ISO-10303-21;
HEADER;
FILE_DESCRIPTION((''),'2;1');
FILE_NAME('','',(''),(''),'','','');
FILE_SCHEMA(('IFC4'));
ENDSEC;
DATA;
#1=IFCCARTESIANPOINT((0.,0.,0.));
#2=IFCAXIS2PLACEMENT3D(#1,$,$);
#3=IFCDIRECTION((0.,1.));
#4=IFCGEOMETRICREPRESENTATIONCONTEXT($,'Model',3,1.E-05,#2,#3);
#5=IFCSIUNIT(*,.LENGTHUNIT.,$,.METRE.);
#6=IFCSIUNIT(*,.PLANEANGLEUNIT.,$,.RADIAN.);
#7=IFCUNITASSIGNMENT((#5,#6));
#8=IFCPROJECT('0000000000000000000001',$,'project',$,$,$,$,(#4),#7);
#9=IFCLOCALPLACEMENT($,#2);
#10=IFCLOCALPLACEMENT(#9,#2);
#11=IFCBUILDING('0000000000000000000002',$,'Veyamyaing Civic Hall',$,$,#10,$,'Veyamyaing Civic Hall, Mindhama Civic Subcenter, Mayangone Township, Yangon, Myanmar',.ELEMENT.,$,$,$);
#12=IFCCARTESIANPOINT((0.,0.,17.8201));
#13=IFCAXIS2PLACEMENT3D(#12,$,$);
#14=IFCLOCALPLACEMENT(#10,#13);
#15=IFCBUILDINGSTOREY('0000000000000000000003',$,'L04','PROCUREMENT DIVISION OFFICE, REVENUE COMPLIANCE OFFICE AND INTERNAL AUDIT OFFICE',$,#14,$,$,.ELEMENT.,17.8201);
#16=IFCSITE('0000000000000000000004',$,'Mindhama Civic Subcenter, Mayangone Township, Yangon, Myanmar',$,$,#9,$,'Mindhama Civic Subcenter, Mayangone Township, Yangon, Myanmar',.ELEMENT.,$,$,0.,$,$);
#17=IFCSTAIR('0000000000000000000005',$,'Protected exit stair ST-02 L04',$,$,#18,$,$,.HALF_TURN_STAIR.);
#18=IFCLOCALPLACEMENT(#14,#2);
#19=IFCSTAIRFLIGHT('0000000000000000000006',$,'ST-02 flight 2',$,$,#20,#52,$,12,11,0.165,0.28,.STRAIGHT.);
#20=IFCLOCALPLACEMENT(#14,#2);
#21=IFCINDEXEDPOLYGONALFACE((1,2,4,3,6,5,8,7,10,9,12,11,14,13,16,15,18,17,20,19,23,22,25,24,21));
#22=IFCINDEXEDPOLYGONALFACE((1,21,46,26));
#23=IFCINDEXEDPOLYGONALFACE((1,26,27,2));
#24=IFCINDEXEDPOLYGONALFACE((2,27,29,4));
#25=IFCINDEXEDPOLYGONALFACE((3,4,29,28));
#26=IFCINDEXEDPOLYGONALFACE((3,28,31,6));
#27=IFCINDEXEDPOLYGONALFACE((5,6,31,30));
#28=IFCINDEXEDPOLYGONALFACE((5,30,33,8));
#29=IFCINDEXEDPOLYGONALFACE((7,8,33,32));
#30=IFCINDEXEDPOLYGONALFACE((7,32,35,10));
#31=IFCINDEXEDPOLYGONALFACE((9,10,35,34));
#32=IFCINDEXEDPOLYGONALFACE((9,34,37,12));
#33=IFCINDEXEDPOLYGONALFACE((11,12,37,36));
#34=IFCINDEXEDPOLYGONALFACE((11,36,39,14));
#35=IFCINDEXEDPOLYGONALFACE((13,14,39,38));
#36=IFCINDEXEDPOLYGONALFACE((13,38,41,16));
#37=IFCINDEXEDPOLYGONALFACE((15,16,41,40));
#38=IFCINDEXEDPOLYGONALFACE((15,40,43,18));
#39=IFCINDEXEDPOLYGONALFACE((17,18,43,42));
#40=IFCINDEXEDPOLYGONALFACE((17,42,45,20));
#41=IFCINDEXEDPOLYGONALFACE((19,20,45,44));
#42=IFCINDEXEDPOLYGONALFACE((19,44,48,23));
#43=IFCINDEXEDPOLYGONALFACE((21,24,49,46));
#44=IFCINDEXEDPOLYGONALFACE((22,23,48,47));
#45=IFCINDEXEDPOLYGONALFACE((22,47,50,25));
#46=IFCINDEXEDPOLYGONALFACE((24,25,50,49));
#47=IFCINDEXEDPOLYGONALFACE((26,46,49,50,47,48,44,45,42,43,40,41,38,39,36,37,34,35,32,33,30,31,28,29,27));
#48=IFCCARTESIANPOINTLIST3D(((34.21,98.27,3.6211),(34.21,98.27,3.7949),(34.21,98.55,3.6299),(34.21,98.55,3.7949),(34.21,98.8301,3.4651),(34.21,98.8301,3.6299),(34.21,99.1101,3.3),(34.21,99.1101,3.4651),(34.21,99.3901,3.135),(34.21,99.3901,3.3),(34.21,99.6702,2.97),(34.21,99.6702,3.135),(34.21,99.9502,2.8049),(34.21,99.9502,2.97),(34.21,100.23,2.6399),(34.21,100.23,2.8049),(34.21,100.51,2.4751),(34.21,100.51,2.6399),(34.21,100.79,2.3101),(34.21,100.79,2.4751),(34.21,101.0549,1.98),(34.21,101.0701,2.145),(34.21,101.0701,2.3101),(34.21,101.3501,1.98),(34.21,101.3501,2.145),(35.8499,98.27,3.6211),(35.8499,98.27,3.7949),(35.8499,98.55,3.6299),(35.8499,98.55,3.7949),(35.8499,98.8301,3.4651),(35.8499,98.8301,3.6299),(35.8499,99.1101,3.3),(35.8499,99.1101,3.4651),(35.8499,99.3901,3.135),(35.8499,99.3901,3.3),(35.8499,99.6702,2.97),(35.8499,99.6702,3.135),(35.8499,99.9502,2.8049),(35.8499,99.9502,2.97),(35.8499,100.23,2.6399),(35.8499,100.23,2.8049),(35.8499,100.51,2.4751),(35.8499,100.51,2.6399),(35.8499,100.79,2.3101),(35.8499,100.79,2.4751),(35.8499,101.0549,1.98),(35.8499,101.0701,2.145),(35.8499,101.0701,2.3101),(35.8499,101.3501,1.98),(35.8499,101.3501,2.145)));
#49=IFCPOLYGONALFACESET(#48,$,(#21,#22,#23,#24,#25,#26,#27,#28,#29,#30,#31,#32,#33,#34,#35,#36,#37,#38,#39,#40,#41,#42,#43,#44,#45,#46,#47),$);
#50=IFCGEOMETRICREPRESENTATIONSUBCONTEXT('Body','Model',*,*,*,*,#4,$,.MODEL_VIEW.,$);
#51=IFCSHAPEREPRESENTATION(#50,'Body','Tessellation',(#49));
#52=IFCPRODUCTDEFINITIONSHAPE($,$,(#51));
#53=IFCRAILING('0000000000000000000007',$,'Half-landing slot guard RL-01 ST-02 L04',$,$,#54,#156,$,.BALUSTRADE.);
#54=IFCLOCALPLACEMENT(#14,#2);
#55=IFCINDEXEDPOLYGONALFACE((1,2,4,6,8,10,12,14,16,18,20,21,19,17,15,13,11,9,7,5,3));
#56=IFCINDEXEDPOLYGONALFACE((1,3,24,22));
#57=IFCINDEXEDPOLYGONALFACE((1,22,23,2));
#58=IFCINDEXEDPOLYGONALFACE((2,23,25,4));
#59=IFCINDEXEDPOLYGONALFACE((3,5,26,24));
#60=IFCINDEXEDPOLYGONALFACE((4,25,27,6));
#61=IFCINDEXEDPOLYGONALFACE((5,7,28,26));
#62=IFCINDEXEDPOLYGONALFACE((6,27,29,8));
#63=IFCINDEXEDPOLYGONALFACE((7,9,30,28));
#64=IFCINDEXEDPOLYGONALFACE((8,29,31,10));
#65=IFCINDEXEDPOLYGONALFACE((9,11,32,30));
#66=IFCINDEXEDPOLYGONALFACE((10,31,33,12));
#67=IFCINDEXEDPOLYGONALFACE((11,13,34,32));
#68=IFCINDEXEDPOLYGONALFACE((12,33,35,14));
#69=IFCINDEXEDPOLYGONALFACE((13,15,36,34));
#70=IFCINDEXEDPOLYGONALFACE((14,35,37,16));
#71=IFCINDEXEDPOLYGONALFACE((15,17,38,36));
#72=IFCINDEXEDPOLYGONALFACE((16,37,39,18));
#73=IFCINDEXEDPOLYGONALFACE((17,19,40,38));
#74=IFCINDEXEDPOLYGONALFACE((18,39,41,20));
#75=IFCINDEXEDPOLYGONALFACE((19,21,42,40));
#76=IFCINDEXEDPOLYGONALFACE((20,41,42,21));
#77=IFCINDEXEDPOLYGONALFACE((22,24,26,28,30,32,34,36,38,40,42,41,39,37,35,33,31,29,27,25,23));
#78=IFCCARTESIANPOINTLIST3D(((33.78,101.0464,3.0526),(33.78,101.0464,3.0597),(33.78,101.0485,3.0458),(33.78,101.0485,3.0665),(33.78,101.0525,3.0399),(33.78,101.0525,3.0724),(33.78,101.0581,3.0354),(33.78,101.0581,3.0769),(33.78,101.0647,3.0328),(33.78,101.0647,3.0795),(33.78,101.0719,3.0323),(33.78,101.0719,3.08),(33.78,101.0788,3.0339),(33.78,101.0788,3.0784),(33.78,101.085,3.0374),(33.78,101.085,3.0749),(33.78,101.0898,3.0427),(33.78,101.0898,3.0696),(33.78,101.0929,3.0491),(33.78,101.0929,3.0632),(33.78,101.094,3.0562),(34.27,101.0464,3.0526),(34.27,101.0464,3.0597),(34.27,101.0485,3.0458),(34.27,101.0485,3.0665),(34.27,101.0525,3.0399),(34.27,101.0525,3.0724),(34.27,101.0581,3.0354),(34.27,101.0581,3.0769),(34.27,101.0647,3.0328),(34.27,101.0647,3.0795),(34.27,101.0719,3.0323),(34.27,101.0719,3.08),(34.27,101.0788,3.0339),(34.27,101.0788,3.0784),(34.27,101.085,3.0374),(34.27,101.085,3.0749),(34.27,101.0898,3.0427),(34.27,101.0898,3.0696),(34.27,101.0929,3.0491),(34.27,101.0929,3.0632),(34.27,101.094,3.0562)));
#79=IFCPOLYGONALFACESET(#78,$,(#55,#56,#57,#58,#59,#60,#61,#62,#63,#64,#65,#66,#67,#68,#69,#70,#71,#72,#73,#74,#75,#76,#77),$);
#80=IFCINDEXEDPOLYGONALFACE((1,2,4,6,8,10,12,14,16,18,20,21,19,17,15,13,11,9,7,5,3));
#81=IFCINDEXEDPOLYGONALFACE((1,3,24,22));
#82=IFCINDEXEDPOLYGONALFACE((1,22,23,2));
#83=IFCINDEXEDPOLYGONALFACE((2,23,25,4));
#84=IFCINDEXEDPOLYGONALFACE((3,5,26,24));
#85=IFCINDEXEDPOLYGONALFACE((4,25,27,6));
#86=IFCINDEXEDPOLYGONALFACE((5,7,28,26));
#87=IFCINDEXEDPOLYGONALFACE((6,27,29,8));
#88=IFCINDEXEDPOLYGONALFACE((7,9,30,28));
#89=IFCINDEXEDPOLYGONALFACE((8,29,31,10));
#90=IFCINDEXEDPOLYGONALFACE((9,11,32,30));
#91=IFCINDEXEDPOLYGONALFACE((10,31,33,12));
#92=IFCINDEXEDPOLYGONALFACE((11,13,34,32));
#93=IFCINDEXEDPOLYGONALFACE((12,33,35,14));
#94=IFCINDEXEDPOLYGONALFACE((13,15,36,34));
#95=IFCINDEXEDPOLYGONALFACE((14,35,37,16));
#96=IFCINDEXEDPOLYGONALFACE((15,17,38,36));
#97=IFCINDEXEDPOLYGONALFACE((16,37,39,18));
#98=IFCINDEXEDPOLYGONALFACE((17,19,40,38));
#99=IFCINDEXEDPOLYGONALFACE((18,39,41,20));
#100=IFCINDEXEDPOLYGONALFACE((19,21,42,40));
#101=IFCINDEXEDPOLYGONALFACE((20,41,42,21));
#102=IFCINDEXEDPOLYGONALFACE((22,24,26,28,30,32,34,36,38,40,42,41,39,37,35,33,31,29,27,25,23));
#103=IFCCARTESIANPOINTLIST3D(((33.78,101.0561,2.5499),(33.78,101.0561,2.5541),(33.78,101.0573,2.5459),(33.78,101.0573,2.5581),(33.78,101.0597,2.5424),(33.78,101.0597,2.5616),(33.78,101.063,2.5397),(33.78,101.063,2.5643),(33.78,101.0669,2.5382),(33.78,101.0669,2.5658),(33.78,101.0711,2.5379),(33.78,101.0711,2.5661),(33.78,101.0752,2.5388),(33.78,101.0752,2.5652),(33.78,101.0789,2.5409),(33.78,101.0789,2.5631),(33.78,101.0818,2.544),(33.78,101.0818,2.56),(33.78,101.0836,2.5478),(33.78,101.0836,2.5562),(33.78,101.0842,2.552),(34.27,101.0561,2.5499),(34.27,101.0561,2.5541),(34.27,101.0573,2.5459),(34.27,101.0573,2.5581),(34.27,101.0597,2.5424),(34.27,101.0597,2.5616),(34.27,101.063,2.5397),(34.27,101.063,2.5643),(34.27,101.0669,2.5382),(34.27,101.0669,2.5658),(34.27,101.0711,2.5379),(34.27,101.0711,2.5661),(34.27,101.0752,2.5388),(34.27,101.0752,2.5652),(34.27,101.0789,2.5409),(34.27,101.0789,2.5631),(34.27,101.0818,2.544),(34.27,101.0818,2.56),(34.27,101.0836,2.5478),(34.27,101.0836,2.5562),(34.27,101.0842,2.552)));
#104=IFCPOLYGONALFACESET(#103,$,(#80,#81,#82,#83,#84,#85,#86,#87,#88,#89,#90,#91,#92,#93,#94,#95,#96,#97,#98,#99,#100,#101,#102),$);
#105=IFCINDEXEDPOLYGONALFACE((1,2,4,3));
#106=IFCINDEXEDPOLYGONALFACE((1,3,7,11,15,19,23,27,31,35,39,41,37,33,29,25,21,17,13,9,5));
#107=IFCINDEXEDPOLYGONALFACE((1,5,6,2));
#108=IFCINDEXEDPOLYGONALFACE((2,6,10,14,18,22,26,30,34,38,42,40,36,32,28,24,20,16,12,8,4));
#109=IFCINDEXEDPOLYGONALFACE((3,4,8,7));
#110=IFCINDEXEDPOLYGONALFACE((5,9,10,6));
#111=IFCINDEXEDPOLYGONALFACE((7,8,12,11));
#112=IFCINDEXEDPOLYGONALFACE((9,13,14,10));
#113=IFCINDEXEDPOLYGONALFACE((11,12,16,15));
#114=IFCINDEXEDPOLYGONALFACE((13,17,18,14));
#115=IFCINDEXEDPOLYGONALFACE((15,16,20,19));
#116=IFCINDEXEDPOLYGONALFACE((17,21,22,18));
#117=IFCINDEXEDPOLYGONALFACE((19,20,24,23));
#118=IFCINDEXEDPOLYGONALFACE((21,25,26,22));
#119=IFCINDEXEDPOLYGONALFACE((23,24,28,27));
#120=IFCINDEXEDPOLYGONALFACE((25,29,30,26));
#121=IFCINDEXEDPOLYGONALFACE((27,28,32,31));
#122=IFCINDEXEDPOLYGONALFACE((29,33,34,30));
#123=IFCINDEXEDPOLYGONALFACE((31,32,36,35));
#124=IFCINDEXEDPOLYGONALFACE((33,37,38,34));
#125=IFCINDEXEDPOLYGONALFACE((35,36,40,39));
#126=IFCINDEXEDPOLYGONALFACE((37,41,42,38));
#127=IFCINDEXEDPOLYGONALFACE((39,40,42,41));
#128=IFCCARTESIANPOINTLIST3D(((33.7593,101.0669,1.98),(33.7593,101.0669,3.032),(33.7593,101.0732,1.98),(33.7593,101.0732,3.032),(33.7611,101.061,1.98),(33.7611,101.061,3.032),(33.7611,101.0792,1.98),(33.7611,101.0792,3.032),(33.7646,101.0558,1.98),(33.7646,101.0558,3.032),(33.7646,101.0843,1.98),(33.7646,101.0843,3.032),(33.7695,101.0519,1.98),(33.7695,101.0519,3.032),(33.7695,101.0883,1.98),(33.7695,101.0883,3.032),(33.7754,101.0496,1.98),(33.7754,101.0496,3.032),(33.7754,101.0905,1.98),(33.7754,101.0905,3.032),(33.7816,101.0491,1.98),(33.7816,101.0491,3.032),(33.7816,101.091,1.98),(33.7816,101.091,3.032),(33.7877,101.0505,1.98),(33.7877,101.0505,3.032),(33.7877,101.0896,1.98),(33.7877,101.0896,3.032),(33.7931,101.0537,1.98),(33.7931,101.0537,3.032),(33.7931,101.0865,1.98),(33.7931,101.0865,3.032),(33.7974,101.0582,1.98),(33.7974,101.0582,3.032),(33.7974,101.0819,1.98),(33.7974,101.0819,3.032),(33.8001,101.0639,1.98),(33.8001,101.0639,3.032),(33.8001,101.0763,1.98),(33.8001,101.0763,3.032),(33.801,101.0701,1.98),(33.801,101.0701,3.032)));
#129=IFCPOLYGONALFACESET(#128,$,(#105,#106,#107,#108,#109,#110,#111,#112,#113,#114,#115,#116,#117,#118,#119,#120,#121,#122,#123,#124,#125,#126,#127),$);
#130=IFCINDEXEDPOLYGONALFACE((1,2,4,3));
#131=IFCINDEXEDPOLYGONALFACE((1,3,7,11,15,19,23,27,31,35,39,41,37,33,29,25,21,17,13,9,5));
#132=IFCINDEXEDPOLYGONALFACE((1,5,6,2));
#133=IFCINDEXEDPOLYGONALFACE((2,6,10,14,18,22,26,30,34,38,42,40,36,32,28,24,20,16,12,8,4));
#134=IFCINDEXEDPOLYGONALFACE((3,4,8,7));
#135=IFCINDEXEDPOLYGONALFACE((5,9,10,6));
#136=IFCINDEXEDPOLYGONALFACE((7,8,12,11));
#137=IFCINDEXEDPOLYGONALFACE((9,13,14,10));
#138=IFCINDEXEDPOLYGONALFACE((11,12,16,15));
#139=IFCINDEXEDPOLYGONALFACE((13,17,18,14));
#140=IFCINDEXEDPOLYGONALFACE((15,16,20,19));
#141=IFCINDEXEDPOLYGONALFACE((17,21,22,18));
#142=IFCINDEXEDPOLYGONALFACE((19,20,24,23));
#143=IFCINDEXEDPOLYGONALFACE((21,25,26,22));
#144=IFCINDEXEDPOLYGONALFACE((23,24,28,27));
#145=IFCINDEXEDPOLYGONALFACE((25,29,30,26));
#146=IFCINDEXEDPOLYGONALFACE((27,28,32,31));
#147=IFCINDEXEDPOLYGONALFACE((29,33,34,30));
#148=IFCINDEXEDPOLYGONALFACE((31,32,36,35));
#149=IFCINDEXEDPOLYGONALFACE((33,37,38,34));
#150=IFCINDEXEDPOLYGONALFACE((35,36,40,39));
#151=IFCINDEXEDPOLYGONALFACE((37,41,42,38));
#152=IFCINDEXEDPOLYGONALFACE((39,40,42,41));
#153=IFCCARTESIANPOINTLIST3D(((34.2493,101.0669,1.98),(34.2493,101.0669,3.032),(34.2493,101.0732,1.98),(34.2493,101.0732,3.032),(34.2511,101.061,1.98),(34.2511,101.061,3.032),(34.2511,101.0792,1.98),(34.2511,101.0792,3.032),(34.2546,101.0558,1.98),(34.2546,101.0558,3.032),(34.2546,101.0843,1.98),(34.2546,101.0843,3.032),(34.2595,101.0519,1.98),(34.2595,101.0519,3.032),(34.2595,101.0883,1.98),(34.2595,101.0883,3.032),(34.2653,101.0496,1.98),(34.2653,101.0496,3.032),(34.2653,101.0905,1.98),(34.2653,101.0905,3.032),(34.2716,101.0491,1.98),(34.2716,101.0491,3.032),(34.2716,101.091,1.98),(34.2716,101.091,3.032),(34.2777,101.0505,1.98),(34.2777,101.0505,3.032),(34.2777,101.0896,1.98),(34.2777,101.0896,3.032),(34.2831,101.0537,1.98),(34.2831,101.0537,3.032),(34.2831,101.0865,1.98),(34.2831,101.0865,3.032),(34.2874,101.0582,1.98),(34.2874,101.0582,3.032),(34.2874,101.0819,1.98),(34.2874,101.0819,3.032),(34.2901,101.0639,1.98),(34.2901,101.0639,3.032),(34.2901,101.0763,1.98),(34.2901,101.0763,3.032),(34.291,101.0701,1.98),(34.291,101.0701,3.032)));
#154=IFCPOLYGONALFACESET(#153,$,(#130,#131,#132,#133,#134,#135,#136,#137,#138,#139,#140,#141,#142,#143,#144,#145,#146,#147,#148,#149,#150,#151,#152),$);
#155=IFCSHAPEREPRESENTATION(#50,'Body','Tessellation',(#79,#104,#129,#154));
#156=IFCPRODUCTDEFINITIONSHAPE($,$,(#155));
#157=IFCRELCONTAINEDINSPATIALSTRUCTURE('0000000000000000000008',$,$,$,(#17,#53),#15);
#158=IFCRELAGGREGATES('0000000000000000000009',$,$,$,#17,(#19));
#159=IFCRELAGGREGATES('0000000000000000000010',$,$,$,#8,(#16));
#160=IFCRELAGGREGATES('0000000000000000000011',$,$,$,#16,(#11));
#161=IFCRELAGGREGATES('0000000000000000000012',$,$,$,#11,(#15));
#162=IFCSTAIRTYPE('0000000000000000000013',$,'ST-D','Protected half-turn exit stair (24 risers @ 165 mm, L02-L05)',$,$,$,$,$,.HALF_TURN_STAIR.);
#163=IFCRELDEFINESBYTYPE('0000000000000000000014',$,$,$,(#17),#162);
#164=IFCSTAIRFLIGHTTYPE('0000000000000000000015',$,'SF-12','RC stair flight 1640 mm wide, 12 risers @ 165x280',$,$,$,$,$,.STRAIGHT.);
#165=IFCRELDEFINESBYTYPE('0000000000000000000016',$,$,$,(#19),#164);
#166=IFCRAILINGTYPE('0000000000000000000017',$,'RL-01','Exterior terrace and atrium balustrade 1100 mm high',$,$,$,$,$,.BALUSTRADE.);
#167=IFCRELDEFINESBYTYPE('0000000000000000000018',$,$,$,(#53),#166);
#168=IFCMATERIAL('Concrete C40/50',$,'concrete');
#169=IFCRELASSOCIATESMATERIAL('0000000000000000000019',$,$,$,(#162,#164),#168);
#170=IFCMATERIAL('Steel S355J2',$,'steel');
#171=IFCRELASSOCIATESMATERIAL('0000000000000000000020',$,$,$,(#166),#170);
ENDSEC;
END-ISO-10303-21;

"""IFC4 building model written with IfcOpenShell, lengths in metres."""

from ifc_helpers import new_model, si_unit, direction, frame, origin, origin_2d, place, context, subcontext, project, spatial, polyline, circle, outline, extrude, material, type_object, element, aggregate, save


model = new_model("IFC4")

# Units and contexts
model_context = context("Model", 3, precision=1e-05, world=origin(), true_north=direction((0.0, 1.0)))
body_context = subcontext(model_context, "Body", "Model", "MODEL_VIEW")
ifc_project = project(units=[si_unit("LENGTHUNIT", "METRE"), si_unit("PLANEANGLEUNIT", "RADIAN")], contexts=[model_context])

# Site, building, storey
site_placement = place(None, origin())
site = spatial("IfcSite", under=ifc_project, at=site_placement, Name="Mindhama Civic Subcenter, Mayangone Township, Yangon, Myanmar", LongName="Mindhama Civic Subcenter, Mayangone Township, Yangon, Myanmar", CompositionType="ELEMENT", RefElevation=0.0)
building_placement = place(site_placement, origin())
building = spatial("IfcBuilding", under=site, at=building_placement, Name="Veyamyaing Civic Hall", LongName="Veyamyaing Civic Hall, Mindhama Civic Subcenter, Mayangone Township, Yangon, Myanmar", CompositionType="ELEMENT")
storey_placement = place(building_placement, frame((0.0, 0.0, 17.8201)))
storey = spatial("IfcBuildingStorey", under=building, at=storey_placement, Name="L04", Description="PROCUREMENT DIVISION OFFICE, REVENUE COMPLIANCE OFFICE AND INTERNAL AUDIT OFFICE", CompositionType="ELEMENT", Elevation=17.8201)

# Shared definitions
ifc_material_1 = material(Name="Concrete C40/50", Category="concrete")

# Stair, stair flight
stair_type = type_object("IfcStairType", Name="ST-D", Description="Protected half-turn exit stair (24 risers @ 165 mm, L02-L05)", PredefinedType="HALF_TURN_STAIR", material=ifc_material_1)
stair_placement = place(storey_placement, origin())
stair = element("IfcStair", 1, at=stair_placement, inside=storey, type_object=stair_type, Name="Protected exit stair ST-02 L04", PredefinedType="HALF_TURN_STAIR")
stair_flight_type = type_object("IfcStairFlightType", Name="SF-12", Description="RC stair flight 1640 mm wide, 12 risers @ 165x280", PredefinedType="STRAIGHT", material=ifc_material_1)
stair_flight_1_placement = place(storey_placement, frame((35.03, 101.3501, 1.98), z_axis=(0.0, 0.0, 1.0), x_axis=(0.0, -1.0, 0.0)))
stair_flight_1 = element("IfcStairFlight", 2, at=stair_flight_1_placement, type_object=stair_flight_type, Name="ST-02 flight 2", NumberOfRisers=12, NumberOfTreads=11, PredefinedType="STRAIGHT", RiserHeight=0.165, TreadLength=0.28, context=body_context, shape_type="SweptSolid", body=[
    extrude(outline(polyline([(0.0, 0.0), (0.0, 0.165), (0.28, 0.165), (0.28, 0.3301), (0.5601, 0.3301), (0.5601, 0.4951), (0.8401, 0.4951), (0.8401, 0.6599), (1.1201, 0.6599), (1.1201, 0.825), (1.3999, 0.825), (1.3999, 0.99), (1.6799, 0.99), (1.6799, 1.155), (1.96, 1.155), (1.96, 1.3201), (2.24, 1.3201), (2.24, 1.4851), (2.52, 1.4851), (2.52, 1.6499), (2.8, 1.6499), (2.8, 1.8149), (3.0801, 1.8149), (3.0801, 1.98), (3.0801, 1.6411), (0.2952, 0.0), (0.0, 0.0)])), frame((0.0, 0.8198, 0.0), z_axis=(0.0, -1.0, 0.0), x_axis=(1.0, 0.0, 0.0)), (0.0, 0.0, 1.0), 1.6399),
])
aggregate(stair, [stair_flight_1])

# Railing
ifc_material_2 = material(Name="Steel S355J2", Category="steel")
railing_type_1 = type_object("IfcRailingType", Name="RL-01", Description="Exterior terrace and atrium balustrade 1100 mm high", PredefinedType="BALUSTRADE", material=ifc_material_2)
railing_1_placement = place(storey_placement, frame((33.78, 101.0701, 1.98)))
element("IfcRailing", 3, at=railing_1_placement, inside=storey, type_object=railing_type_1, Name="Half-landing slot guard RL-01 ST-02 L04", PredefinedType="BALUSTRADE", context=body_context, shape_type="SweptSolid", body=[
    extrude(circle(Radius=0.0239, at=origin_2d()), frame((0.0, 0.0, 1.0762), z_axis=(1.0, 0.0, 0.0), x_axis=(0.0, 1.0, 0.0)), (0.0, 0.0, 1.0), 0.49),
    extrude(circle(Radius=0.0142, at=origin_2d()), frame((0.0, 0.0, 0.572), z_axis=(1.0, 0.0, 0.0), x_axis=(0.0, 1.0, 0.0)), (0.0, 0.0, 1.0), 0.49),
    extrude(circle(Radius=0.021, at=origin_2d()), origin(), (0.0, 0.0, 1.0), 1.052),
    extrude(circle(Radius=0.021, at=origin_2d()), frame((0.49, 0.0, 0.0)), (0.0, 0.0, 1.0), 1.052),
])

save(model, "model.ifc")
